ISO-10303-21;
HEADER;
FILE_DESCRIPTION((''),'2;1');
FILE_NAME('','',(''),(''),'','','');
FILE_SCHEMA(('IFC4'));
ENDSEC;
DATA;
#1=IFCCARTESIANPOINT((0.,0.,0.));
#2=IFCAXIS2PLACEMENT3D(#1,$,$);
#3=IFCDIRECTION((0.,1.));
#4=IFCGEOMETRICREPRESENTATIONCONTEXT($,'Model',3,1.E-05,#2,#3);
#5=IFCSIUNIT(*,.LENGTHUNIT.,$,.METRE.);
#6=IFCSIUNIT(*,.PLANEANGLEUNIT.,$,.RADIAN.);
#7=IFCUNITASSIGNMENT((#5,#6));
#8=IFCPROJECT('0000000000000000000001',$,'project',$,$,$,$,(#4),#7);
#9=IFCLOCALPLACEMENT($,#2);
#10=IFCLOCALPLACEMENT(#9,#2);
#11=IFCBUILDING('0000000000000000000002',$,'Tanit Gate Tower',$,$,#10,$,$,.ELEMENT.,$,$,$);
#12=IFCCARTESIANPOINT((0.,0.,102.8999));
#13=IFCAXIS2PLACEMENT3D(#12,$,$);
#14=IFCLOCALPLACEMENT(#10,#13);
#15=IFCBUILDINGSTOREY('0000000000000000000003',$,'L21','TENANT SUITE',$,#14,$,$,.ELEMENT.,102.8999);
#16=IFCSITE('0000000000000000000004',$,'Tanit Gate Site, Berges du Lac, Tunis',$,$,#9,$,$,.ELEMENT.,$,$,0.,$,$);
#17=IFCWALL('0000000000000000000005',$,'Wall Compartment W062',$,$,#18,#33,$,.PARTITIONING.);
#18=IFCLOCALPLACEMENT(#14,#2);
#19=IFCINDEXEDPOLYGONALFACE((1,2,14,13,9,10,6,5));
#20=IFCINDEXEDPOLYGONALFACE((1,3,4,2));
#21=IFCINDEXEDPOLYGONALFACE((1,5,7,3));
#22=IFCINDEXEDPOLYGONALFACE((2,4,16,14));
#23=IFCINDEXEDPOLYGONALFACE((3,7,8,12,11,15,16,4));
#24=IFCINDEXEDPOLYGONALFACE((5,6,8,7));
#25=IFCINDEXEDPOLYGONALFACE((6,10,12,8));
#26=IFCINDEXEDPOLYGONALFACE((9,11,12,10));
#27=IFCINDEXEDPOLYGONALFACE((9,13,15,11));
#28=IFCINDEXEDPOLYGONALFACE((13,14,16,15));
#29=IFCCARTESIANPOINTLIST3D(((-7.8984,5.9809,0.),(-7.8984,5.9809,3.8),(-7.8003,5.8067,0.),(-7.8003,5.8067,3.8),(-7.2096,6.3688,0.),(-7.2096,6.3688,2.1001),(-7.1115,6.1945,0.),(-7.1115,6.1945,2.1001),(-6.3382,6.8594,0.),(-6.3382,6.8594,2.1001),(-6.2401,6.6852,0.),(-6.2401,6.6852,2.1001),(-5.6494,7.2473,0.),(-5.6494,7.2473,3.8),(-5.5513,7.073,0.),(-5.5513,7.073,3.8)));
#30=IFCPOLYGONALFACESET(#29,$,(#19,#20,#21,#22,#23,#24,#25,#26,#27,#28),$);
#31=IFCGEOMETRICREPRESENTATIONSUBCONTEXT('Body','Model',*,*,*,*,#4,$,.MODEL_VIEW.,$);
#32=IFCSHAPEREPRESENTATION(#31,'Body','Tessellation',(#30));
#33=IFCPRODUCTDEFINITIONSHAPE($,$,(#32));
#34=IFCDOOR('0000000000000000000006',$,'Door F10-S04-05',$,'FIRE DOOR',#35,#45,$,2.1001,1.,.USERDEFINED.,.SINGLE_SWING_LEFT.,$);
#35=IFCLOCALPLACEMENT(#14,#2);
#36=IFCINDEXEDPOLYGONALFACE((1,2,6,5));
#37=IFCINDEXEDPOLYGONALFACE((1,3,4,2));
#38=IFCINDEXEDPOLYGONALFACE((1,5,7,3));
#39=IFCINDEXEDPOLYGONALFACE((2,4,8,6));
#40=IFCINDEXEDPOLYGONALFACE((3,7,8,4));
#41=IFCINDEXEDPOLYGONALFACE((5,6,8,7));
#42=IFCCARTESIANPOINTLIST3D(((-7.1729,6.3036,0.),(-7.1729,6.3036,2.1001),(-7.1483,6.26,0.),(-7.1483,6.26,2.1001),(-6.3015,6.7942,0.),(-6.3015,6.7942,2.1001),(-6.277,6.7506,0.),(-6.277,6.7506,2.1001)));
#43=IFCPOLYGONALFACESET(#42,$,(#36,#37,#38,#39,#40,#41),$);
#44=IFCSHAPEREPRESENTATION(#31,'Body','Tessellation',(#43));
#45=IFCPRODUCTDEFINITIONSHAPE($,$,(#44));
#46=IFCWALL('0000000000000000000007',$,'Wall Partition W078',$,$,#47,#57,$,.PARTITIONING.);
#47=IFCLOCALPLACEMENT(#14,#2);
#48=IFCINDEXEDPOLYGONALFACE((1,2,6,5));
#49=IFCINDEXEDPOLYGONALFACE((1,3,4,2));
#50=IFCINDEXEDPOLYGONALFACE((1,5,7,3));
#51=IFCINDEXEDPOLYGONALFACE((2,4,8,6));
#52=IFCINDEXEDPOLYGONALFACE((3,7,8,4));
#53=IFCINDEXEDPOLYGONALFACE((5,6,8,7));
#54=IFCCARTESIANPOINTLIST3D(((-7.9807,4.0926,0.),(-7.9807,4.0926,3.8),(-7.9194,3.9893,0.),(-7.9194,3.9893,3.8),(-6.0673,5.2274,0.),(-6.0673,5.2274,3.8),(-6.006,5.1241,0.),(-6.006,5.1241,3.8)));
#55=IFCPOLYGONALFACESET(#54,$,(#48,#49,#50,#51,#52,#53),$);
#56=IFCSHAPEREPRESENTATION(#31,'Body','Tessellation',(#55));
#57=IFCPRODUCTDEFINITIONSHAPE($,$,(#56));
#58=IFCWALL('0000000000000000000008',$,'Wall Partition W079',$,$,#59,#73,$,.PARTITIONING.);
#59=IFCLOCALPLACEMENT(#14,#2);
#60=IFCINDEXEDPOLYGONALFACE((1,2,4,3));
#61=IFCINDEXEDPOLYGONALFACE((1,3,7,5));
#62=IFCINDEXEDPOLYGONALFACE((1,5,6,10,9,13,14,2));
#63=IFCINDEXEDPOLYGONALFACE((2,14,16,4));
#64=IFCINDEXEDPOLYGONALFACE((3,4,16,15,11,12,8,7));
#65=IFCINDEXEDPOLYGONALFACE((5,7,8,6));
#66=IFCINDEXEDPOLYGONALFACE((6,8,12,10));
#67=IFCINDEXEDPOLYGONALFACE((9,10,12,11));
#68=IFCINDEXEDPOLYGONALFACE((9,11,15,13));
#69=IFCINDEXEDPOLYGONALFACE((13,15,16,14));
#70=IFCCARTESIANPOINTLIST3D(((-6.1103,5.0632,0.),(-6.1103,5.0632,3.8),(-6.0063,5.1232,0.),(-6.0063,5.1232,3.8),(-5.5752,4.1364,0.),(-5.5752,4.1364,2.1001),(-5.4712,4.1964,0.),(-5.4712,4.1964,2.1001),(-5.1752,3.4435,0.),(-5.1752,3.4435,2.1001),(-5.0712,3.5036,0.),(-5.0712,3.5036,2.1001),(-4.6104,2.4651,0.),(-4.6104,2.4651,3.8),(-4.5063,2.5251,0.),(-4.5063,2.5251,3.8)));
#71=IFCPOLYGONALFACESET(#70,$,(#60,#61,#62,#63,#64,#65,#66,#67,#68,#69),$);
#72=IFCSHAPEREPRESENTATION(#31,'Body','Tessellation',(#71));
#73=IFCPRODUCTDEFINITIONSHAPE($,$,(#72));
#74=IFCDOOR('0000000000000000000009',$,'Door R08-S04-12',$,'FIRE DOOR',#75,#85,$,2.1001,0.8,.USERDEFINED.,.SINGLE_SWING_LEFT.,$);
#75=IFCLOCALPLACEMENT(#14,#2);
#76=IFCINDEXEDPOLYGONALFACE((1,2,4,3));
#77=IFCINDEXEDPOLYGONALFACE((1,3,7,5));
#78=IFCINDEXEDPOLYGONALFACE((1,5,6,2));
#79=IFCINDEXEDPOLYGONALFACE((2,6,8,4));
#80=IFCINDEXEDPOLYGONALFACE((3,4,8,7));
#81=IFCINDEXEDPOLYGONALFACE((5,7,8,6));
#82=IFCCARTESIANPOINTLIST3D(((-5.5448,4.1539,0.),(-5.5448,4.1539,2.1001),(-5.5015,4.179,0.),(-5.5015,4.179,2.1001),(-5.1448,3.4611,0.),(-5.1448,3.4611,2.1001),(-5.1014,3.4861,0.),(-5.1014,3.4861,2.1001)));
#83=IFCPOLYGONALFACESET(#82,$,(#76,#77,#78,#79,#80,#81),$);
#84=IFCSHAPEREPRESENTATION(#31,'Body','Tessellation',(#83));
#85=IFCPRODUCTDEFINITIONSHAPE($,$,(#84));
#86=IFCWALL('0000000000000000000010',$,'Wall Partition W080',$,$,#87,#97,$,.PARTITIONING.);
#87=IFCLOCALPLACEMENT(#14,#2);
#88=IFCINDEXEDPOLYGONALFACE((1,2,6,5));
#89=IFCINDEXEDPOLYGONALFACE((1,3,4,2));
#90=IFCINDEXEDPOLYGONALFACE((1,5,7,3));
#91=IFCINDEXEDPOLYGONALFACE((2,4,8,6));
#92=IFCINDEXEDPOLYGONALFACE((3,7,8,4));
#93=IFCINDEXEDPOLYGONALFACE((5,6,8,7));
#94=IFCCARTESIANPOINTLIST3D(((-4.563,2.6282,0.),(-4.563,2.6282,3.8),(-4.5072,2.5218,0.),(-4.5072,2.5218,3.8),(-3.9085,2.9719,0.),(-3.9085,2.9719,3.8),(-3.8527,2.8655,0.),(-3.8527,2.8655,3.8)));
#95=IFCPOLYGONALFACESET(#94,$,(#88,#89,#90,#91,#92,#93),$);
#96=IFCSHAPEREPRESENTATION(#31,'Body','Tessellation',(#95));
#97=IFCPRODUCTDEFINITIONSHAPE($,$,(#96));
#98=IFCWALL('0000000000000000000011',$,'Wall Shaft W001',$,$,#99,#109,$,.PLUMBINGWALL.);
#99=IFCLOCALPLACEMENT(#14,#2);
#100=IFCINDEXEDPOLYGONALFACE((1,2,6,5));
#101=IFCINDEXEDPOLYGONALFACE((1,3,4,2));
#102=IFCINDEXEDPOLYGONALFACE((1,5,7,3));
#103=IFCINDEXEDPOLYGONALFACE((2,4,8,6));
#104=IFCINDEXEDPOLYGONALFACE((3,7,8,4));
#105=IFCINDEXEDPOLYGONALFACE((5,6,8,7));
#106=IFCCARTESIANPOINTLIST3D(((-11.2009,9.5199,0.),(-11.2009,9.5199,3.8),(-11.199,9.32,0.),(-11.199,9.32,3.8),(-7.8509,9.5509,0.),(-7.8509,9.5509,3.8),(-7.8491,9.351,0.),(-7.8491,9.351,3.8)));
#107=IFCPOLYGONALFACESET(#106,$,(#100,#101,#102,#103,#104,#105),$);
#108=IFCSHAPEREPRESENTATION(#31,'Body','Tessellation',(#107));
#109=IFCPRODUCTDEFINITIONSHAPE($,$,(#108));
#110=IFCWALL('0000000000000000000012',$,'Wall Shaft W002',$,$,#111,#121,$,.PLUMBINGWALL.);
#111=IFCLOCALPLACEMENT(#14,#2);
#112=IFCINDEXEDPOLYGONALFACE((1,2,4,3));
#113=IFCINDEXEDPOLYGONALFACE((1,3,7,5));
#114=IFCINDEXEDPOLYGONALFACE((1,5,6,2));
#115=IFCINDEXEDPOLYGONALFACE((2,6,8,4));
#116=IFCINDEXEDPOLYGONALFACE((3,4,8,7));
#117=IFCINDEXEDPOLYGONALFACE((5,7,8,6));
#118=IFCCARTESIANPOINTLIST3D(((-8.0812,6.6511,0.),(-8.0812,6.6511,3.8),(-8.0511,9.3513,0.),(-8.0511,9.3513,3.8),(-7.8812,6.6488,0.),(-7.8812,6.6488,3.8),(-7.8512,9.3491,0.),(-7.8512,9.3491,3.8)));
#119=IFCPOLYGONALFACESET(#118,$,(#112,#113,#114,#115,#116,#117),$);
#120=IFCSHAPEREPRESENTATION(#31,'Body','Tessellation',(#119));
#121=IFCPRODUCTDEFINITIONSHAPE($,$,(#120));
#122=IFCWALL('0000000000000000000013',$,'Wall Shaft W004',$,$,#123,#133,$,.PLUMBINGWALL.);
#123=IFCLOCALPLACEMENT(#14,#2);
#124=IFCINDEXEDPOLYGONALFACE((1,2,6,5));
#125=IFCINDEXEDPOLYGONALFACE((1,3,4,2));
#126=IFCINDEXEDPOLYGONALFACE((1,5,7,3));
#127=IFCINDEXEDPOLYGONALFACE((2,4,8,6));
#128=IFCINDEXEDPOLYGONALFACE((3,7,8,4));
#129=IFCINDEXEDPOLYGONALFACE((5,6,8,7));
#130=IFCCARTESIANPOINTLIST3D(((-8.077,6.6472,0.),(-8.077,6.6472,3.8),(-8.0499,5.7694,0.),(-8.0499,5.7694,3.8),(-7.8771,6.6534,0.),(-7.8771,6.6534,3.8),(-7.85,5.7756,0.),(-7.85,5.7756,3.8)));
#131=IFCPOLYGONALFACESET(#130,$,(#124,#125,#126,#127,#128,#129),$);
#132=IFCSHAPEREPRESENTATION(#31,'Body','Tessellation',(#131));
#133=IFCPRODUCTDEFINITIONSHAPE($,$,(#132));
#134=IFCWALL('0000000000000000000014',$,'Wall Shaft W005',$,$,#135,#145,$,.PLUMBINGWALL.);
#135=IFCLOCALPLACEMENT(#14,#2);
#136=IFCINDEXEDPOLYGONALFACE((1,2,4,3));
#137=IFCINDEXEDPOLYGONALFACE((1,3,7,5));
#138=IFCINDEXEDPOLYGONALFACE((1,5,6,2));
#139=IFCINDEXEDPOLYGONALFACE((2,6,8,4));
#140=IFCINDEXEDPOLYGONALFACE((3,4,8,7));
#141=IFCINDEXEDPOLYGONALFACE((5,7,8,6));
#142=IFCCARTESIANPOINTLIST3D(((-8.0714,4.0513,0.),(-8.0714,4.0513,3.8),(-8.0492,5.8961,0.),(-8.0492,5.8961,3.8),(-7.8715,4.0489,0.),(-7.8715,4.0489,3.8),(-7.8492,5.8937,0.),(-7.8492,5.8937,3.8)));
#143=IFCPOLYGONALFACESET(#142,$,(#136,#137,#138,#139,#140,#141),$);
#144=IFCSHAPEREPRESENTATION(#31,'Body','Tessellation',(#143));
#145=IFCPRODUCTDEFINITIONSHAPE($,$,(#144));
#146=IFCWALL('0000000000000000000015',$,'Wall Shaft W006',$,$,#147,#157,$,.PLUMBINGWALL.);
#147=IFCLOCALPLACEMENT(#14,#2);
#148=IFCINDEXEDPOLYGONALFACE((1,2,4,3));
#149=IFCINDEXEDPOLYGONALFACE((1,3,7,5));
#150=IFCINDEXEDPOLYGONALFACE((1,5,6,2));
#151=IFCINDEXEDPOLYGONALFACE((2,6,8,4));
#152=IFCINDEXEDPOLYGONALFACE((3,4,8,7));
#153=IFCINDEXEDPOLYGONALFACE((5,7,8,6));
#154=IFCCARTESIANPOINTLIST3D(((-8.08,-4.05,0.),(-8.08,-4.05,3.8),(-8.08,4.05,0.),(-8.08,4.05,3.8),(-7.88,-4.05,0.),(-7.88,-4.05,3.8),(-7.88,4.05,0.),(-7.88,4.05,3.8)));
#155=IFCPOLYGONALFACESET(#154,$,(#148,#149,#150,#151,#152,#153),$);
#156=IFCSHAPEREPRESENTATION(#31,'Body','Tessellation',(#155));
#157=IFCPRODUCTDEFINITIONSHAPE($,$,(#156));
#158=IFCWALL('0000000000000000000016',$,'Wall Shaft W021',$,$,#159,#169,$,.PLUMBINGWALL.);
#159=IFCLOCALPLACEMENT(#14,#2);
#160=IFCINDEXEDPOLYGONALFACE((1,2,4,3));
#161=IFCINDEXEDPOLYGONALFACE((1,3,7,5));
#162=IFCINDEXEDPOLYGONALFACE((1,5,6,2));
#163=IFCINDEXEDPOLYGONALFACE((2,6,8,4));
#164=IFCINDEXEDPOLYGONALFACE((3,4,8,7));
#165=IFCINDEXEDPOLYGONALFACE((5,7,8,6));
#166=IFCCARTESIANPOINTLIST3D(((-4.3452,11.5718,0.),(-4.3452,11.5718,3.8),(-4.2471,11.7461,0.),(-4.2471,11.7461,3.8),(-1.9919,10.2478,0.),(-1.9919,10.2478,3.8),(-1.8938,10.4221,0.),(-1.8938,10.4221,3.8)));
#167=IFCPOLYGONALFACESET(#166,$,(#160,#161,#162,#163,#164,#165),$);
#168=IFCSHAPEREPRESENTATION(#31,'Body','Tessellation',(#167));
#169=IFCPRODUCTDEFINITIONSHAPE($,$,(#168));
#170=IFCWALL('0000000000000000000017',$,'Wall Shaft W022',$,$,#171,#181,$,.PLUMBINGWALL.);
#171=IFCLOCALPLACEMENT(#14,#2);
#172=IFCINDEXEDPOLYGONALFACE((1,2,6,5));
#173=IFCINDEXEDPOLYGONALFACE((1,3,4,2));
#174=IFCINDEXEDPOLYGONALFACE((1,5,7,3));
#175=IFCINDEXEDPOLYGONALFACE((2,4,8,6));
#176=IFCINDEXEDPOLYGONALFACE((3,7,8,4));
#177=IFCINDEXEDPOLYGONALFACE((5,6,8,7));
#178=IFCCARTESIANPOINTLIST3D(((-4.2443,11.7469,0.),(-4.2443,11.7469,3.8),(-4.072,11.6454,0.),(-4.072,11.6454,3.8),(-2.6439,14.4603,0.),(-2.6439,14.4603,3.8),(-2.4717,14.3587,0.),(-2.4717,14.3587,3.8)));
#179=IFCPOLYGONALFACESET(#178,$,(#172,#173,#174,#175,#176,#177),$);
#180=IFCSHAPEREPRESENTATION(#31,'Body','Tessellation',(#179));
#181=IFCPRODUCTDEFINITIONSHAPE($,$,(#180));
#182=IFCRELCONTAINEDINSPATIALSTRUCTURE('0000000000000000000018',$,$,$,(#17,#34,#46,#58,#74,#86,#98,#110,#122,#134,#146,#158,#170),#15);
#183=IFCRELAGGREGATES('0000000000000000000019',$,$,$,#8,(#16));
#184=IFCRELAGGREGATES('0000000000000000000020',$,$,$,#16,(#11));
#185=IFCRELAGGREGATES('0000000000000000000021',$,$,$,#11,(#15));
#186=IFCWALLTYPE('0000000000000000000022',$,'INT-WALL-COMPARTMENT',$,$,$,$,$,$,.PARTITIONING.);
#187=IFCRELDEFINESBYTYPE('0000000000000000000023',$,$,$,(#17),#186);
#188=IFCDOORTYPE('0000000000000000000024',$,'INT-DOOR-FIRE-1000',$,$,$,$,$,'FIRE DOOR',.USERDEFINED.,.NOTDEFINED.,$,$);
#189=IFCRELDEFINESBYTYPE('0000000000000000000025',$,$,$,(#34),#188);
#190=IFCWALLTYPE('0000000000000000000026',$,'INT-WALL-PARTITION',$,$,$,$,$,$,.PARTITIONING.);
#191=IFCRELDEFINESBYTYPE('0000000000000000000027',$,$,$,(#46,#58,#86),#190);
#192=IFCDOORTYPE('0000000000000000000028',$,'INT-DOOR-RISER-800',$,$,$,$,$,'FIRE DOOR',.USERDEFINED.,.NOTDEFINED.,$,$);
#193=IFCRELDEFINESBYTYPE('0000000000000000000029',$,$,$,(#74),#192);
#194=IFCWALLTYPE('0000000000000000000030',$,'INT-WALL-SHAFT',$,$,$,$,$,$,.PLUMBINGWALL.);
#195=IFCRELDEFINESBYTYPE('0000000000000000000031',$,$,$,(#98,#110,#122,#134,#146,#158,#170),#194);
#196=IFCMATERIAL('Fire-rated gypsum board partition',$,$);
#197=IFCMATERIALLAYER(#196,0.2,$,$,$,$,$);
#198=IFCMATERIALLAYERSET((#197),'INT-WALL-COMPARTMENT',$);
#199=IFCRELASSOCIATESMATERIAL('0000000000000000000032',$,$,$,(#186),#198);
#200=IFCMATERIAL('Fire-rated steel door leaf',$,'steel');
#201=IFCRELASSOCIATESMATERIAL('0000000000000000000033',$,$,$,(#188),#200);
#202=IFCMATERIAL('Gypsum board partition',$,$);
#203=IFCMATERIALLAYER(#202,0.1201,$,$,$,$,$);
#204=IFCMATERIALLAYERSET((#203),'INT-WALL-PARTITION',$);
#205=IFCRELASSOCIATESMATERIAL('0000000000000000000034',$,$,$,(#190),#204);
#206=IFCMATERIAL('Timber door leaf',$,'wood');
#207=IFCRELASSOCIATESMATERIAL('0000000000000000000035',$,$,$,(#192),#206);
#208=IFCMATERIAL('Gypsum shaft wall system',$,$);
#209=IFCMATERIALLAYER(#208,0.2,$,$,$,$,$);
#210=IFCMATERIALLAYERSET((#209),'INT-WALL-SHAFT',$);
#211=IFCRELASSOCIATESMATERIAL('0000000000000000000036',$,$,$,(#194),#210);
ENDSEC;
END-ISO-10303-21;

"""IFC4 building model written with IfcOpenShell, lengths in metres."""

from ifc_helpers import new_model, si_unit, direction, frame, frame_2d, origin, place, context, subcontext, project, spatial, rectangle, extrude, material, layer, layer_set, type_object, element, fill, save


model = new_model("IFC4")

# Units and contexts
model_context = context("Model", 3, precision=1e-05, world=origin(), true_north=direction((0.0, 1.0)))
body_context = subcontext(model_context, "Body", "Model", "MODEL_VIEW")
ifc_project = project(units=[si_unit("LENGTHUNIT", "METRE"), si_unit("PLANEANGLEUNIT", "RADIAN")], contexts=[model_context])

# Site, building, storey
site_placement = place(None, origin())
site = spatial("IfcSite", under=ifc_project, at=site_placement, Name="Tanit Gate Site, Berges du Lac, Tunis", CompositionType="ELEMENT", RefElevation=0.0)
building_placement = place(site_placement, origin())
building = spatial("IfcBuilding", under=site, at=building_placement, Name="Tanit Gate Tower", CompositionType="ELEMENT")
storey_placement = place(building_placement, frame((0.0, 0.0, 102.8999)))
storey = spatial("IfcBuildingStorey", under=building, at=storey_placement, Name="L21", Description="TENANT SUITE", CompositionType="ELEMENT", Elevation=102.8999)

# Wall, opening, door
ifc_material_1 = material(Name="Fire-rated gypsum board partition")
ifc_layer_1 = layer(ifc_material_1, 0.2)
ifc_layer_set_1 = layer_set([ifc_layer_1], Name="INT-WALL-COMPARTMENT")
wall_type_1 = type_object("IfcWallType", Name="INT-WALL-COMPARTMENT", PredefinedType="PARTITIONING", material=ifc_layer_set_1)
wall_1_placement = place(storey_placement, frame((-5.6003, 7.1602, 0.0), z_axis=(0.0, 0.0, 1.0), x_axis=(-0.871363, -0.490638, 0.0)))
wall_1 = element("IfcWall", 1, at=wall_1_placement, inside=storey, type_object=wall_type_1, Name="Wall Compartment W062", PredefinedType="PARTITIONING", context=body_context, shape_type="SweptSolid", body=[
    extrude(rectangle(XDim=2.5811, YDim=0.2, at=frame_2d((1.2905, 0.0))), origin(), (0.0, 0.0, 1.0), 3.8),
])
opening_1_placement = place(wall_1_placement, frame((0.7905, 0.0, 0.0)))
opening_1 = element("IfcOpeningElement", 2, at=opening_1_placement, cuts=wall_1, PredefinedType="OPENING", context=body_context, shape_type="SweptSolid", body=[
    extrude(rectangle(XDim=1.0, YDim=2.1001, at=frame_2d((0.5, 1.05))), frame((0.0, 0.1099, 0.0), z_axis=(0.0, -1.0, 0.0), x_axis=(1.0, 0.0, 0.0)), (0.0, 0.0, 1.0), 0.22),
])
ifc_material_2 = material(Name="Fire-rated steel door leaf", Category="steel")
door_type_1 = type_object("IfcDoorType", Name="INT-DOOR-FIRE-1000", ElementType="FIRE DOOR", OperationType="NOTDEFINED", PredefinedType="USERDEFINED", material=ifc_material_2)
door_1_placement = place(opening_1_placement, origin())
door_1 = element("IfcDoor", 3, at=door_1_placement, inside=storey, type_object=door_type_1, Name="Door F10-S04-05", ObjectType="FIRE DOOR", OperationType="SINGLE_SWING_LEFT", OverallHeight=2.1001, OverallWidth=1.0, PredefinedType="USERDEFINED", context=body_context, shape_type="SweptSolid", body=[
    extrude(rectangle(XDim=1.0, YDim=2.1001, at=frame_2d((0.5, 1.05))), frame((0.0, 0.0249, 0.0), z_axis=(0.0, -1.0, 0.0), x_axis=(1.0, 0.0, 0.0)), (0.0, 0.0, 1.0), 0.05),
])
fill(opening_1, door_1)

# Wall
ifc_material_3 = material(Name="Gypsum board partition")
ifc_layer_2 = layer(ifc_material_3, 0.1201)
ifc_layer_set_2 = layer_set([ifc_layer_2], Name="INT-WALL-PARTITION")
wall_type_2 = type_object("IfcWallType", Name="INT-WALL-PARTITION", PredefinedType="PARTITIONING", material=ifc_layer_set_2)
wall_2_placement = place(storey_placement, frame((-6.0366, 5.1758, 0.0), z_axis=(0.0, 0.0, 1.0), x_axis=(-0.860106, -0.510115, 0.0)))
element("IfcWall", 4, at=wall_2_placement, inside=storey, type_object=wall_type_2, Name="Wall Partition W078", PredefinedType="PARTITIONING", context=body_context, shape_type="SweptSolid", body=[
    extrude(rectangle(XDim=2.2246, YDim=0.1201, at=frame_2d((1.1123, 0.0))), origin(), (0.0, 0.0, 1.0), 3.8),
])

# Wall, opening, door
wall_3_placement = place(storey_placement, frame((-4.5583, 2.4951, 0.0), z_axis=(0.0, 0.0, 1.0), x_axis=(-0.49999, 0.866031, 0.0)))
wall_3 = element("IfcWall", 5, at=wall_3_placement, inside=storey, type_object=wall_type_2, Name="Wall Partition W079", PredefinedType="PARTITIONING", context=body_context, shape_type="SweptSolid", body=[
    extrude(rectangle(XDim=3.0, YDim=0.1201, at=frame_2d((1.5, 0.0))), origin(), (0.0, 0.0, 1.0), 3.8),
])
opening_2_placement = place(wall_3_placement, frame((1.1299, 0.0, 0.0)))
opening_2 = element("IfcOpeningElement", 6, at=opening_2_placement, cuts=wall_3, PredefinedType="OPENING", context=body_context, shape_type="SweptSolid", body=[
    extrude(rectangle(XDim=0.8, YDim=2.1001, at=frame_2d((0.3999, 1.05))), frame((0.0, 0.0701, 0.0), z_axis=(0.0, -1.0, 0.0), x_axis=(1.0, 0.0, 0.0)), (0.0, 0.0, 1.0), 0.1401),
])
ifc_material_4 = material(Name="Timber door leaf", Category="wood")
door_type_2 = type_object("IfcDoorType", Name="INT-DOOR-RISER-800", ElementType="FIRE DOOR", OperationType="NOTDEFINED", PredefinedType="USERDEFINED", material=ifc_material_4)
door_2_placement = place(opening_2_placement, origin())
door_2 = element("IfcDoor", 7, at=door_2_placement, inside=storey, type_object=door_type_2, Name="Door R08-S04-12", ObjectType="FIRE DOOR", OperationType="SINGLE_SWING_LEFT", OverallHeight=2.1001, OverallWidth=0.8, PredefinedType="USERDEFINED", context=body_context, shape_type="SweptSolid", body=[
    extrude(rectangle(XDim=0.8, YDim=2.1001, at=frame_2d((0.3999, 1.05))), frame((0.0, 0.0249, 0.0), z_axis=(0.0, -1.0, 0.0), x_axis=(1.0, 0.0, 0.0)), (0.0, 0.0, 1.0), 0.05),
])
fill(opening_2, door_2)

# Walls
wall_4_placement = place(storey_placement, frame((-3.8806, 2.9187, 0.0), z_axis=(0.0, 0.0, 1.0), x_axis=(-0.885333, -0.464957, 0.0)))
element("IfcWall", 8, at=wall_4_placement, inside=storey, type_object=wall_type_2, Name="Wall Partition W080", PredefinedType="PARTITIONING", context=body_context, shape_type="SweptSolid", body=[
    extrude(rectangle(XDim=0.7393, YDim=0.1201, at=frame_2d((0.3696, 0.0))), origin(), (0.0, 0.0, 1.0), 3.8),
])
ifc_material_5 = material(Name="Gypsum shaft wall system")
ifc_layer_3 = layer(ifc_material_5, 0.2)
ifc_layer_set_3 = layer_set([ifc_layer_3], Name="INT-WALL-SHAFT")
wall_type_3 = type_object("IfcWallType", Name="INT-WALL-SHAFT", PredefinedType="PLUMBINGWALL", material=ifc_layer_set_3)
wall_5_placement = place(storey_placement, frame((-11.2, 9.4199, 0.0), z_axis=(0.0, 0.0, 1.0), x_axis=(0.999957, 0.009255, 0.0)))
element("IfcWall", 9, at=wall_5_placement, inside=storey, type_object=wall_type_3, Name="Wall Shaft W001", PredefinedType="PLUMBINGWALL", context=body_context, shape_type="SweptSolid", body=[
    extrude(rectangle(XDim=3.3501, YDim=0.2, at=frame_2d((1.675, 0.0))), origin(), (0.0, 0.0, 1.0), 3.8),
])
wall_6_placement = place(storey_placement, frame((-7.9512, 9.3501, 0.0), z_axis=(0.0, 0.0, 1.0), x_axis=(-0.01112, -0.999938, 0.0)))
element("IfcWall", 10, at=wall_6_placement, inside=storey, type_object=wall_type_3, Name="Wall Shaft W002", PredefinedType="PLUMBINGWALL", context=body_context, shape_type="SweptSolid", body=[
    extrude(rectangle(XDim=2.7004, YDim=0.2, at=frame_2d((1.3501, 0.0))), origin(), (0.0, 0.0, 1.0), 3.8),
])
wall_7_placement = place(storey_placement, frame((-7.9771, 6.6501, 0.0), z_axis=(0.0, 0.0, 1.0), x_axis=(0.030862, -0.999524, 0.0)))
element("IfcWall", 11, at=wall_7_placement, inside=storey, type_object=wall_type_3, Name="Wall Shaft W004", PredefinedType="PLUMBINGWALL", context=body_context, shape_type="SweptSolid", body=[
    extrude(rectangle(XDim=0.8782, YDim=0.2, at=frame_2d((0.439, 0.0))), origin(), (0.0, 0.0, 1.0), 3.8),
])
wall_8_placement = place(storey_placement, frame((-7.9492, 5.8948, 0.0), z_axis=(0.0, 0.0, 1.0), x_axis=(-0.012043, -0.999927, 0.0)))
element("IfcWall", 12, at=wall_8_placement, inside=storey, type_object=wall_type_3, Name="Wall Shaft W005", PredefinedType="PLUMBINGWALL", context=body_context, shape_type="SweptSolid", body=[
    extrude(rectangle(XDim=1.845, YDim=0.2, at=frame_2d((0.9224, 0.0))), origin(), (0.0, 0.0, 1.0), 3.8),
])
wall_9_placement = place(storey_placement, frame((-7.98, 4.05, 0.0), z_axis=(0.0, 0.0, 1.0), x_axis=(0.0, -1.0, 0.0)))
element("IfcWall", 13, at=wall_9_placement, inside=storey, type_object=wall_type_3, Name="Wall Shaft W006", PredefinedType="PLUMBINGWALL", context=body_context, shape_type="SweptSolid", body=[
    extrude(rectangle(XDim=8.1001, YDim=0.2, at=frame_2d((4.05, 0.0))), origin(), (0.0, 0.0, 1.0), 3.8),
])
wall_10_placement = place(storey_placement, frame((-4.2961, 11.6589, 0.0), z_axis=(0.0, 0.0, 1.0), x_axis=(0.871534, -0.490334, 0.0)))
element("IfcWall", 14, at=wall_10_placement, inside=storey, type_object=wall_type_3, Name="Wall Shaft W021", PredefinedType="PLUMBINGWALL", context=body_context, shape_type="SweptSolid", body=[
    extrude(rectangle(XDim=2.7002, YDim=0.2, at=frame_2d((1.3501, 0.0))), origin(), (0.0, 0.0, 1.0), 3.8),
])
wall_11_placement = place(storey_placement, frame((-4.1582, 11.696, 0.0), z_axis=(0.0, 0.0, 1.0), x_axis=(0.508019, 0.861346, 0.0)))
element("IfcWall", 15, at=wall_11_placement, inside=storey, type_object=wall_type_3, Name="Wall Shaft W022", PredefinedType="PLUMBINGWALL", context=body_context, shape_type="SweptSolid", body=[
    extrude(rectangle(XDim=3.1501, YDim=0.2, at=frame_2d((1.5752, 0.0))), origin(), (0.0, 0.0, 1.0), 3.8),
])

save(model, "model.ifc")
